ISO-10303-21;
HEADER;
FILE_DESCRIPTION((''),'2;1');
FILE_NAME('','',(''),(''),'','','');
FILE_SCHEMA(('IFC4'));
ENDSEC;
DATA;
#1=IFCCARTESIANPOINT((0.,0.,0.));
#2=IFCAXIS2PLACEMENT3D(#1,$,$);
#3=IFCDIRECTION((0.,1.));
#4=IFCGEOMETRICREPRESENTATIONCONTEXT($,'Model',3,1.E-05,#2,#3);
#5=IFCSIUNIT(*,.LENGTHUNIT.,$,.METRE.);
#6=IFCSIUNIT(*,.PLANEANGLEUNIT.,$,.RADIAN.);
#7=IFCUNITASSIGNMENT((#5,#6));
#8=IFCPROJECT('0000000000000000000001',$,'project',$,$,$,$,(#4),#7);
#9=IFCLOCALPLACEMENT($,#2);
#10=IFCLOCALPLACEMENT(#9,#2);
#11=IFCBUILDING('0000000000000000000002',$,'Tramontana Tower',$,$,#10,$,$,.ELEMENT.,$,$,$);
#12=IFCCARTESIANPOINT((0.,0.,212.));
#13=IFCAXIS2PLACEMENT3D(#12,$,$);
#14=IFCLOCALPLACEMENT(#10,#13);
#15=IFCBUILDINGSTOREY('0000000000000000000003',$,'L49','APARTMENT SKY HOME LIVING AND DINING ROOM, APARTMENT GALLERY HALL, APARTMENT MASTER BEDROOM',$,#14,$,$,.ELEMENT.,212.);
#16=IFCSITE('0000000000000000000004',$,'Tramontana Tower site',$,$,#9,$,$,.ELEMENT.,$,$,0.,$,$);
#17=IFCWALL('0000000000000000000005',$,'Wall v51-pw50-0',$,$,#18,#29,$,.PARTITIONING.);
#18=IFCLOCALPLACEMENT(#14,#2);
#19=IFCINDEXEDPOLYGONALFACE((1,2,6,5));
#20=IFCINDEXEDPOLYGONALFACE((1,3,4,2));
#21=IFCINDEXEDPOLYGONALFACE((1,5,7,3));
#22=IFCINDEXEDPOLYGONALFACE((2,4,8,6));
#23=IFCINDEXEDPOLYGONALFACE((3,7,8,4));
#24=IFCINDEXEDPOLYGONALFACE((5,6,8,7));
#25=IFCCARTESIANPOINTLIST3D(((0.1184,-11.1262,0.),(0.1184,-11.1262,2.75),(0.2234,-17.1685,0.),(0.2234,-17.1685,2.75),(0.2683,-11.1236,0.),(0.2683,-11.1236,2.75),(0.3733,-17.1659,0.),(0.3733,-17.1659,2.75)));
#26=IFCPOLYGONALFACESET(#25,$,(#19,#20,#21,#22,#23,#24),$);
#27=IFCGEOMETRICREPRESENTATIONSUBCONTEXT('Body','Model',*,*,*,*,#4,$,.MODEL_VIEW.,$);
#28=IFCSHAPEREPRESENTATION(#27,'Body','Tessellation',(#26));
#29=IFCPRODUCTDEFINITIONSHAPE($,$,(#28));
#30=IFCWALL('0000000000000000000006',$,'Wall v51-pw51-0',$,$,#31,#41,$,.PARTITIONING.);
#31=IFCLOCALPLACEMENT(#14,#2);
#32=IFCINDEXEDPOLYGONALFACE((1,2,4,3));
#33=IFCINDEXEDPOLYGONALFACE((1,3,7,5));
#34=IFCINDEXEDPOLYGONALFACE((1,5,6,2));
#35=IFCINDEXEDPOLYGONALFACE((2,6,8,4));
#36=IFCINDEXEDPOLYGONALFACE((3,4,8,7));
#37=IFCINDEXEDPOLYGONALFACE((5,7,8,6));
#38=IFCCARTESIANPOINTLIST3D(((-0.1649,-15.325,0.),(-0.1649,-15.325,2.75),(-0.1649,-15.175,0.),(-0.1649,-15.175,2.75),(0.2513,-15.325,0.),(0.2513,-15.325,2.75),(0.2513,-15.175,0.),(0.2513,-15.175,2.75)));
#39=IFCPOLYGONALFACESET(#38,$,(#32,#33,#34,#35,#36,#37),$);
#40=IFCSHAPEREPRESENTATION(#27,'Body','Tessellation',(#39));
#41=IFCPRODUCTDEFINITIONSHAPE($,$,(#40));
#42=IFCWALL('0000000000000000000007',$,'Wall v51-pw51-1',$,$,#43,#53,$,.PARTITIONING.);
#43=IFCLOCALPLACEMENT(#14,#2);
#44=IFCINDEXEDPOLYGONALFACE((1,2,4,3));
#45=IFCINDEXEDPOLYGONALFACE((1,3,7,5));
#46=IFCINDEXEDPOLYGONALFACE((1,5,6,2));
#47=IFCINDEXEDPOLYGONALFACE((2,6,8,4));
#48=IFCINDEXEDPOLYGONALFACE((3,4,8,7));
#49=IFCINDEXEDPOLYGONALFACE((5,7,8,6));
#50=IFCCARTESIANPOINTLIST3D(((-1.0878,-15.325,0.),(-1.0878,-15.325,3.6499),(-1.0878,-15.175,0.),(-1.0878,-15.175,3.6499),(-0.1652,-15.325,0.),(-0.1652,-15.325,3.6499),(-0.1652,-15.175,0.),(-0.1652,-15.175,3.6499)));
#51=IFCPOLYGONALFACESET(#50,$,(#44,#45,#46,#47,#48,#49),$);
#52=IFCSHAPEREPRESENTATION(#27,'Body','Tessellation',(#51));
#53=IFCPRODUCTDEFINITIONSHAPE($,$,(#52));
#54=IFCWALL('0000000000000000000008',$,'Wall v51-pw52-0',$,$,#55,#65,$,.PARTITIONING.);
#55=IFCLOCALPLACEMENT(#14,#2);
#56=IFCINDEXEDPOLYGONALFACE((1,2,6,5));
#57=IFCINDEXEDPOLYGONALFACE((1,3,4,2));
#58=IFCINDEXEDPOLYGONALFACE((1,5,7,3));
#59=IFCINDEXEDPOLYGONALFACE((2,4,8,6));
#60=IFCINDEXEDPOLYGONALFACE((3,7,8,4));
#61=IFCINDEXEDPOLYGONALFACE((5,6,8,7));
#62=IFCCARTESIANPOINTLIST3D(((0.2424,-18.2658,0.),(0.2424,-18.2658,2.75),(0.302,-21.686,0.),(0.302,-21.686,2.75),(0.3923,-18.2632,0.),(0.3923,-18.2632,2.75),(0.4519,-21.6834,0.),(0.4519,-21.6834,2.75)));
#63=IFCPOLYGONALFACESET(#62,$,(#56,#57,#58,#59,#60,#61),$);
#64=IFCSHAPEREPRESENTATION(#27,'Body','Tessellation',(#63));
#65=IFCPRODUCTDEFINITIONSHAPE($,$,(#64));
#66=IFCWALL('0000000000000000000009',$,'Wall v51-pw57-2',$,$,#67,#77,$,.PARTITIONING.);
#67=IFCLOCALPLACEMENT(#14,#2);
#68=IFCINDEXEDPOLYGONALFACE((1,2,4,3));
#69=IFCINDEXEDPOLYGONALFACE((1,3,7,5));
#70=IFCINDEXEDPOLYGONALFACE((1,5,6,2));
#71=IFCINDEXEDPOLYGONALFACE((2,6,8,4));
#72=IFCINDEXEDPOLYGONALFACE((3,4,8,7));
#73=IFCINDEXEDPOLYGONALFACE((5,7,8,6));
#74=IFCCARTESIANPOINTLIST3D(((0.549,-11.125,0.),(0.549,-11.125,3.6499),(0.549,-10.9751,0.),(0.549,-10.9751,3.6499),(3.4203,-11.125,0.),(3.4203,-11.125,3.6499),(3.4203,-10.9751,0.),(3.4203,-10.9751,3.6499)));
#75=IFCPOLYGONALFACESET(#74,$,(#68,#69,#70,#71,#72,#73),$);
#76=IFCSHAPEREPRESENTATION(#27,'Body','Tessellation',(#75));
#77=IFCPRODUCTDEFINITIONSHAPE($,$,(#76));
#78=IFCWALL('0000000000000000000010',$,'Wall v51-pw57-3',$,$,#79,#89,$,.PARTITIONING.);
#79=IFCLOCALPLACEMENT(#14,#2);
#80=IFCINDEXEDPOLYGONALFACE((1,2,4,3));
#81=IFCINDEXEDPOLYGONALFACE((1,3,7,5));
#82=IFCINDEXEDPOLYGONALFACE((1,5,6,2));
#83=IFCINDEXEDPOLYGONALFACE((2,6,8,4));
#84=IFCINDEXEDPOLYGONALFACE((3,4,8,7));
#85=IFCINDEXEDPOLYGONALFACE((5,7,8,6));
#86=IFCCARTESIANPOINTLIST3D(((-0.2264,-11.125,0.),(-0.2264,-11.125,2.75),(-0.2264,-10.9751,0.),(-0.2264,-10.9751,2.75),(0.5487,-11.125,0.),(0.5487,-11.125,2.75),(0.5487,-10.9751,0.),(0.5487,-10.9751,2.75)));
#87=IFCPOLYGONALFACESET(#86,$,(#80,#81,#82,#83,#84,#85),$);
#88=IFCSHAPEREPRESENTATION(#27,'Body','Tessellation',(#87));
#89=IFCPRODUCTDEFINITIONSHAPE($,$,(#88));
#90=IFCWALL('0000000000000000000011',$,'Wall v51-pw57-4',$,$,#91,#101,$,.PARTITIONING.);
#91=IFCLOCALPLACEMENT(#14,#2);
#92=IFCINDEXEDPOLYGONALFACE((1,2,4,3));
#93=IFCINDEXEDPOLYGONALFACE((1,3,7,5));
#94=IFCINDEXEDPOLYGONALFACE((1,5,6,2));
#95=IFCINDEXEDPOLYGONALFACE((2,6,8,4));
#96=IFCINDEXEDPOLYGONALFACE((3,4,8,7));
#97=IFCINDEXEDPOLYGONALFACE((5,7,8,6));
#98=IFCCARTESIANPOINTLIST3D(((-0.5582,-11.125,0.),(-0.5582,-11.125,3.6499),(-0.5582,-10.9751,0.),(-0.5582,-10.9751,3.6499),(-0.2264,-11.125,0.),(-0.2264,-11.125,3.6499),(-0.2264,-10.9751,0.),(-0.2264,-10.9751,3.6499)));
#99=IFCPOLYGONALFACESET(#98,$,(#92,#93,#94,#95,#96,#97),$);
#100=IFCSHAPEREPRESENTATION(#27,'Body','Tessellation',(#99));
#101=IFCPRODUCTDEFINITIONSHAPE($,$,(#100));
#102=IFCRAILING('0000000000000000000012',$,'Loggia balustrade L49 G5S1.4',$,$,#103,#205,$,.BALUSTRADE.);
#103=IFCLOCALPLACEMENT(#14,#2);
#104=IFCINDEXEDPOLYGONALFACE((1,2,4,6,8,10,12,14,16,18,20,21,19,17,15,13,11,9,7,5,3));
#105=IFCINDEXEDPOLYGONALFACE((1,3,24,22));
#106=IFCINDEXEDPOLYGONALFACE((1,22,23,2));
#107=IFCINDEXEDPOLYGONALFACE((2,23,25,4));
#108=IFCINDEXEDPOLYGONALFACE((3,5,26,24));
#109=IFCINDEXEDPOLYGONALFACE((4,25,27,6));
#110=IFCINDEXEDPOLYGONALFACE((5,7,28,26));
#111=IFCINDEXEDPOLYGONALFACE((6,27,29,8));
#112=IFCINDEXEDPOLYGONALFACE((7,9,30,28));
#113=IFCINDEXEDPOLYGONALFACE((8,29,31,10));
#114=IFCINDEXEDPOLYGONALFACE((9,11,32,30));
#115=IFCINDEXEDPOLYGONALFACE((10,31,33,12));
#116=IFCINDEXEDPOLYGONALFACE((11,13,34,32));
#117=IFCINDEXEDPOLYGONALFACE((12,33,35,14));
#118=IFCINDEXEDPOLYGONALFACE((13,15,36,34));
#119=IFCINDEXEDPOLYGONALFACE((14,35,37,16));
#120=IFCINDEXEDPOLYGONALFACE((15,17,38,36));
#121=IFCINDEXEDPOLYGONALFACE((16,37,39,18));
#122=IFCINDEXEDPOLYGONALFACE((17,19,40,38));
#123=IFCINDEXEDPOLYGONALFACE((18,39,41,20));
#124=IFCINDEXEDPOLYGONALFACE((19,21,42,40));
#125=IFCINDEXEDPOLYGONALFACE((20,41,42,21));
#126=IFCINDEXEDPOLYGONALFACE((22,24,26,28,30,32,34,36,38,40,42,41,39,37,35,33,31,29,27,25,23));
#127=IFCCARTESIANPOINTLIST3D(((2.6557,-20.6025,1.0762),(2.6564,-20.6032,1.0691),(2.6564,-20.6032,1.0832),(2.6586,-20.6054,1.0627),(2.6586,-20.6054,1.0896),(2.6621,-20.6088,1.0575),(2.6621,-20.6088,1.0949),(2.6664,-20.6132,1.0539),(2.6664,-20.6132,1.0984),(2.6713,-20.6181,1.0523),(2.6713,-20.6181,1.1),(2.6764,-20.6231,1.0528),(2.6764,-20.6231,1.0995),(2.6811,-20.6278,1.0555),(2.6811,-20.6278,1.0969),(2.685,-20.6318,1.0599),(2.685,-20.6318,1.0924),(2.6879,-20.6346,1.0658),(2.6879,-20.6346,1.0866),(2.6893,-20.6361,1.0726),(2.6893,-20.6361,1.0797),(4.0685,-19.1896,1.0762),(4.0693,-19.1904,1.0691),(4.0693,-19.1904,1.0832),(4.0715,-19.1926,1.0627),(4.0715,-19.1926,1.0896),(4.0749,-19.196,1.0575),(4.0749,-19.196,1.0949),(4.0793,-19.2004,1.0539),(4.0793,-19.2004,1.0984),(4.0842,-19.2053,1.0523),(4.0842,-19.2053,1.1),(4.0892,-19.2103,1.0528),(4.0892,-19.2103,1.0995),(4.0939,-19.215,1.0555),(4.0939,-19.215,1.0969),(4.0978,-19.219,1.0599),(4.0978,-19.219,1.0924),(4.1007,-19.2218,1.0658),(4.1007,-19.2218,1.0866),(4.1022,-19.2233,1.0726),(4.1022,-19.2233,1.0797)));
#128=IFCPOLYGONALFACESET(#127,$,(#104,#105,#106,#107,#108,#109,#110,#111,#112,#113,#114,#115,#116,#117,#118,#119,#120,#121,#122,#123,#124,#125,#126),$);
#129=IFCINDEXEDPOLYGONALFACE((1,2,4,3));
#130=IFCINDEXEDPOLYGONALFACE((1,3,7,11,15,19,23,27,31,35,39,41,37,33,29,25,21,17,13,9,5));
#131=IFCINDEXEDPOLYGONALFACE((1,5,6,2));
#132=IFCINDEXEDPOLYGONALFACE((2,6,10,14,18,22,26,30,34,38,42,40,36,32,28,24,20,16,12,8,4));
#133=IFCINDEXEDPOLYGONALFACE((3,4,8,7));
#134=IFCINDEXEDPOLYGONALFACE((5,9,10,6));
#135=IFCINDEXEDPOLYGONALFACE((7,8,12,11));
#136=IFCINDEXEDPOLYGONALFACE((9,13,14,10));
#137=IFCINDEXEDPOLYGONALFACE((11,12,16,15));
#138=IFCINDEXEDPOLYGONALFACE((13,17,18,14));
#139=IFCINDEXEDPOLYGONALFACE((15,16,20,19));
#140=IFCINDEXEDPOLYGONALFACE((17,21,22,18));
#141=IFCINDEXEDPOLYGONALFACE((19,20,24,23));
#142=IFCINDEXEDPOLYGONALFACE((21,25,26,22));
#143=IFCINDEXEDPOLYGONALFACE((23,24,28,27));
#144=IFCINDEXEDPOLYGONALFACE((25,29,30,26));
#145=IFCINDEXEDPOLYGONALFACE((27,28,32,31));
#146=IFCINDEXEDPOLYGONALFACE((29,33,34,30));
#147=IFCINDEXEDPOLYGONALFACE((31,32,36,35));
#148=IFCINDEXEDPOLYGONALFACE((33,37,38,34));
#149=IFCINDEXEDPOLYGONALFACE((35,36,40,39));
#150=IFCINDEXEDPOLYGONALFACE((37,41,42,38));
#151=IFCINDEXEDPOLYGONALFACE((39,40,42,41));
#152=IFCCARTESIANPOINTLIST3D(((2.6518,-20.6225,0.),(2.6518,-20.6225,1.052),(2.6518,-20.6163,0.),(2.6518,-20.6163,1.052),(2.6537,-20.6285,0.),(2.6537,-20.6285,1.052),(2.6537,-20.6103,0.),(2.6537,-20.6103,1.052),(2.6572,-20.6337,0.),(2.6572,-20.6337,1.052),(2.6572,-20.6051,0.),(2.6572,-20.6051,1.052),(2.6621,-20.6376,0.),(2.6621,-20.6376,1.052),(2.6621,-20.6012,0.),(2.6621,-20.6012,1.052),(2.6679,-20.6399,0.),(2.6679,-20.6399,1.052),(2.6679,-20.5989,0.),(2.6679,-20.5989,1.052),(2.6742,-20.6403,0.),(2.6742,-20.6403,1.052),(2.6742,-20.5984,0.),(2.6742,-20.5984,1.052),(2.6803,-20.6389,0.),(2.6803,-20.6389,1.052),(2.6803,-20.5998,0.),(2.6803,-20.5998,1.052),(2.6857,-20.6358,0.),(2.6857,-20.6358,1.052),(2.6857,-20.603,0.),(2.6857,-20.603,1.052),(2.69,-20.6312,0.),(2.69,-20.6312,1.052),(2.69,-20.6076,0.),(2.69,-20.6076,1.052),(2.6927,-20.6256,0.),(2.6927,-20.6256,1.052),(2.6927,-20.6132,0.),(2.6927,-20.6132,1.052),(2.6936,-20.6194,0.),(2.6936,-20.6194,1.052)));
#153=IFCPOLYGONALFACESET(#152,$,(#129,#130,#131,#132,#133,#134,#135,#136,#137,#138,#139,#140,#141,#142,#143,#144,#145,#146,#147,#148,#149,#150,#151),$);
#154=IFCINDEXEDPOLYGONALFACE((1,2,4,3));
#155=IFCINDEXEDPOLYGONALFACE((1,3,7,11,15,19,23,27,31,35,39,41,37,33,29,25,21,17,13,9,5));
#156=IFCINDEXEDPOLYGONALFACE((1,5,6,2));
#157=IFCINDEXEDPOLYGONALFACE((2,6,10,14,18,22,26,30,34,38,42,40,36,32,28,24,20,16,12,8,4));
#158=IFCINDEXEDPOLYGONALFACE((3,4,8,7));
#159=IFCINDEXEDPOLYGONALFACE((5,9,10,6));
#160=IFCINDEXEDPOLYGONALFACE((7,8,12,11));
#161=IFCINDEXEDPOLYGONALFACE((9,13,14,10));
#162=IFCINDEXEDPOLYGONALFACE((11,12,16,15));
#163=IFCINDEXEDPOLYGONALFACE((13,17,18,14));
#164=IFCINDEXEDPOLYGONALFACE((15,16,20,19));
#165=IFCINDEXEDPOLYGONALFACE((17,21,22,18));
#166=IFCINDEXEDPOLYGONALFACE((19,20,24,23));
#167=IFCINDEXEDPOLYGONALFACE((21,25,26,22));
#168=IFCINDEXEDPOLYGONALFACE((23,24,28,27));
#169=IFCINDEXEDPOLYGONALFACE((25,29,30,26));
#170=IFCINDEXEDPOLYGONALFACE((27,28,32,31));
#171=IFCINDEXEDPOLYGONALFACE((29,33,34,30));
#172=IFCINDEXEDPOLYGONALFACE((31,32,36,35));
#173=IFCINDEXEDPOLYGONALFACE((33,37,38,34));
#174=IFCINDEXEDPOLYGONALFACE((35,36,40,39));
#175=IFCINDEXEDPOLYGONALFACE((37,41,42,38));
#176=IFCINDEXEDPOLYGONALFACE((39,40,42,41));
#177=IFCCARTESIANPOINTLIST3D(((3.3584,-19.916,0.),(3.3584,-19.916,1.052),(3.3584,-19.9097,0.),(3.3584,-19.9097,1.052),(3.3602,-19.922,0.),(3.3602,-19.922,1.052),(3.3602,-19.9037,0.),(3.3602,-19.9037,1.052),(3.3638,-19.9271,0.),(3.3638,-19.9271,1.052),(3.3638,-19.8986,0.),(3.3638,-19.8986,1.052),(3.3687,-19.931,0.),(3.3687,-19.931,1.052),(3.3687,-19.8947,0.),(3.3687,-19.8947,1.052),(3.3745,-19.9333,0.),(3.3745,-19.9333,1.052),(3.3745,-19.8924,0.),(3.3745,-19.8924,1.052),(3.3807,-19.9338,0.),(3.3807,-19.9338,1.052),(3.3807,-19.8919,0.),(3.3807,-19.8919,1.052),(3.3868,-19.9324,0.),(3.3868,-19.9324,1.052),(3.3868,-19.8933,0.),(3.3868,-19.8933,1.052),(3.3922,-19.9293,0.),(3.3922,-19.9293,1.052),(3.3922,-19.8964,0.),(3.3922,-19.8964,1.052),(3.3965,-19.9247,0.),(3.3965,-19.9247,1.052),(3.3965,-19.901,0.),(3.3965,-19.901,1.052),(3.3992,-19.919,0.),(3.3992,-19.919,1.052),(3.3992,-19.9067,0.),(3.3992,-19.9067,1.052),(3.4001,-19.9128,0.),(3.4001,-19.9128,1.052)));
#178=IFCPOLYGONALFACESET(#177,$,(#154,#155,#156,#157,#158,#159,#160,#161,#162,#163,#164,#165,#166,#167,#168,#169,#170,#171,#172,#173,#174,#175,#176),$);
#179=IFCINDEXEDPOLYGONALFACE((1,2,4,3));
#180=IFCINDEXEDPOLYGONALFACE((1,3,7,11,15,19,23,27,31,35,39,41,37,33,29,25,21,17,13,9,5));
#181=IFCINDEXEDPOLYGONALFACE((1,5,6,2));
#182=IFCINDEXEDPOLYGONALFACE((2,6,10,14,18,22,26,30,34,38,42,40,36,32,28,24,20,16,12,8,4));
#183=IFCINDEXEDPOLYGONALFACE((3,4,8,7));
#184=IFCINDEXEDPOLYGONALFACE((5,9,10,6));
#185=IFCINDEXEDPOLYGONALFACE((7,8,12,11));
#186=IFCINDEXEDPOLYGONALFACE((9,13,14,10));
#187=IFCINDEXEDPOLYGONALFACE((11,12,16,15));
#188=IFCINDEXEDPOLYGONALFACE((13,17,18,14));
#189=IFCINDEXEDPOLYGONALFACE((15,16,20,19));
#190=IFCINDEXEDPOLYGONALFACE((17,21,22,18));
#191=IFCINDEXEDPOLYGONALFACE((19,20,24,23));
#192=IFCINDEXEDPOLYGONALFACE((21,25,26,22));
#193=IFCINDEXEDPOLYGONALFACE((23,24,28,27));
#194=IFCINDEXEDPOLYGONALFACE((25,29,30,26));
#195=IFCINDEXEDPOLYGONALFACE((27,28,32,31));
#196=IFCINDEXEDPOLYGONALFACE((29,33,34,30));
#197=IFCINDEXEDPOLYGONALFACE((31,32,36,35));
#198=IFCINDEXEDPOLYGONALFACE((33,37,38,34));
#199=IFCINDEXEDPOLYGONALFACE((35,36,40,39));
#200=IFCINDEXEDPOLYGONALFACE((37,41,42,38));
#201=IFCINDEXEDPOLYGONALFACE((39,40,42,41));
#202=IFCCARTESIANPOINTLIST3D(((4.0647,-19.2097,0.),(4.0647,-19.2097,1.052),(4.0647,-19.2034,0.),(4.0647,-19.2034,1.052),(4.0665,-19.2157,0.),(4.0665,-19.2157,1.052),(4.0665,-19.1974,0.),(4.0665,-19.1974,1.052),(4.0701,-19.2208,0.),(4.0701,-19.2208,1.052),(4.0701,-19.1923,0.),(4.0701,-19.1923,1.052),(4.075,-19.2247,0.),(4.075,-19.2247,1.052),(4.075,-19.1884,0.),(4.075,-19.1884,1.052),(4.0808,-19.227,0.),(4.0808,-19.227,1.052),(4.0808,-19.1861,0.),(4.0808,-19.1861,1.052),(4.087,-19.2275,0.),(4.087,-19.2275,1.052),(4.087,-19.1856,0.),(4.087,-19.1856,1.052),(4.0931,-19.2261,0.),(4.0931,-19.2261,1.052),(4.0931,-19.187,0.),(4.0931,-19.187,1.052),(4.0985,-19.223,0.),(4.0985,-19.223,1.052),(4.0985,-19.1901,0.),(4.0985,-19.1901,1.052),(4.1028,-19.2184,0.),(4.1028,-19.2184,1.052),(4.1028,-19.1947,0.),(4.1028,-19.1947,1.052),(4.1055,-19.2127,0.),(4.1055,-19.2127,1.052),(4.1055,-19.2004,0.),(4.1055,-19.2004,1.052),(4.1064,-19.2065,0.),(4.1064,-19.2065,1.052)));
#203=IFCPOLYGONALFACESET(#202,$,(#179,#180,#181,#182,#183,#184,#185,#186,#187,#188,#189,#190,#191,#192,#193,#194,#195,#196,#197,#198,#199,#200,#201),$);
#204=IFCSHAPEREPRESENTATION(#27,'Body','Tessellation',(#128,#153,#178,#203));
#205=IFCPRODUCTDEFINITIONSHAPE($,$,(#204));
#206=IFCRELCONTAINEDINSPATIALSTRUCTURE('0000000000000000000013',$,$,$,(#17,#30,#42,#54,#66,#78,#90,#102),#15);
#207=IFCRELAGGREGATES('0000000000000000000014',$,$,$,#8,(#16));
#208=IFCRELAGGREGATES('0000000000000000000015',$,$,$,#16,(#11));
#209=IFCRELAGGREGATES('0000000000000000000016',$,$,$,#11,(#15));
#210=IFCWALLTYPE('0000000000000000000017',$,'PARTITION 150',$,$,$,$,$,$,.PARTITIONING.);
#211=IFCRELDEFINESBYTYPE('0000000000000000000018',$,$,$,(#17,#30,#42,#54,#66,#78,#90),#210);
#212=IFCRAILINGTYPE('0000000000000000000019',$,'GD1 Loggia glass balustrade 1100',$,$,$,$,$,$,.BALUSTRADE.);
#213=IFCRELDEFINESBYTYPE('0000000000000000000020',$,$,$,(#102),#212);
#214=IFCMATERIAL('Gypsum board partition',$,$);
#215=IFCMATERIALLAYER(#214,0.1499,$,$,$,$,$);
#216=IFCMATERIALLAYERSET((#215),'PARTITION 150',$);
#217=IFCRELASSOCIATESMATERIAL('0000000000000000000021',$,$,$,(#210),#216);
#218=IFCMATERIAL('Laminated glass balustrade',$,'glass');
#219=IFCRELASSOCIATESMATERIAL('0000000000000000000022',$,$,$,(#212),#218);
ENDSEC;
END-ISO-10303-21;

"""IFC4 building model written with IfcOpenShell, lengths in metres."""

from ifc_helpers import new_model, si_unit, direction, frame, frame_2d, origin, origin_2d, place, context, subcontext, project, spatial, rectangle, circle, extrude, material, layer, layer_set, type_object, element, save


model = new_model("IFC4")

# Units and contexts
model_context = context("Model", 3, precision=1e-05, world=origin(), true_north=direction((0.0, 1.0)))
body_context = subcontext(model_context, "Body", "Model", "MODEL_VIEW")
ifc_project = project(units=[si_unit("LENGTHUNIT", "METRE"), si_unit("PLANEANGLEUNIT", "RADIAN")], contexts=[model_context])

# Site, building, storey
site_placement = place(None, origin())
site = spatial("IfcSite", under=ifc_project, at=site_placement, Name="Tramontana Tower site", CompositionType="ELEMENT", RefElevation=0.0)
building_placement = place(site_placement, origin())
building = spatial("IfcBuilding", under=site, at=building_placement, Name="Tramontana Tower", CompositionType="ELEMENT")
storey_placement = place(building_placement, frame((0.0, 0.0, 212.0)))
storey = spatial("IfcBuildingStorey", under=building, at=storey_placement, Name="L49", Description="APARTMENT SKY HOME LIVING AND DINING ROOM, APARTMENT GALLERY HALL, APARTMENT MASTER BEDROOM", CompositionType="ELEMENT", Elevation=212.0)

# Shared definitions
ifc_material_1 = material(Name="Gypsum board partition")
ifc_layer_1 = layer(ifc_material_1, 0.1499)
ifc_layer_set_1 = layer_set([ifc_layer_1], Name="PARTITION 150")
wall_type_1 = type_object("IfcWallType", Name="PARTITION 150", PredefinedType="PARTITIONING", material=ifc_layer_set_1)

# Walls
wall_1_placement = place(storey_placement, frame((0.1934, -11.125, 0.0), z_axis=(0.0, 0.0, 1.0), x_axis=(0.017372, -0.999849, 0.0)))
element("IfcWall", 1, at=wall_1_placement, inside=storey, type_object=wall_type_1, Name="Wall v51-pw50-0", PredefinedType="PARTITIONING", context=body_context, shape_type="SweptSolid", body=[
    extrude(rectangle(XDim=6.0432, YDim=0.1499, at=frame_2d((3.0215, 0.0))), origin(), (0.0, 0.0, 1.0), 2.75),
])
wall_2_placement = place(storey_placement, frame((0.2512, -15.25, 0.0), z_axis=(0.0, 0.0, 1.0), x_axis=(-1.0, 0.0, 0.0)))
element("IfcWall", 2, at=wall_2_placement, inside=storey, type_object=wall_type_1, Name="Wall v51-pw51-0", PredefinedType="PARTITIONING", context=body_context, shape_type="SweptSolid", body=[
    extrude(rectangle(XDim=0.4163, YDim=0.1499, at=frame_2d((0.208, 0.0))), origin(), (0.0, 0.0, 1.0), 2.75),
])
wall_3_placement = place(storey_placement, frame((-0.165, -15.25, 0.0), z_axis=(0.0, 0.0, 1.0), x_axis=(-1.0, 0.0, 0.0)))
element("IfcWall", 3, at=wall_3_placement, inside=storey, type_object=wall_type_1, Name="Wall v51-pw51-1", PredefinedType="PARTITIONING", context=body_context, shape_type="SweptSolid", body=[
    extrude(rectangle(XDim=0.9226, YDim=0.1499, at=frame_2d((0.4614, 0.0))), origin(), (0.0, 0.0, 1.0), 3.6499),
])
wall_4_placement = place(storey_placement, frame((0.3174, -18.2644, 0.0), z_axis=(0.0, 0.0, 1.0), x_axis=(0.017415, -0.999848, 0.0)))
element("IfcWall", 4, at=wall_4_placement, inside=storey, type_object=wall_type_1, Name="Wall v51-pw52-0", PredefinedType="PARTITIONING", context=body_context, shape_type="SweptSolid", body=[
    extrude(rectangle(XDim=3.4207, YDim=0.1499, at=frame_2d((1.7104, 0.0))), origin(), (0.0, 0.0, 1.0), 2.75),
])

# Walls
wall_5_placement = place(storey_placement, frame((3.4202, -11.05, 0.0), z_axis=(0.0, 0.0, 1.0), x_axis=(-1.0, 0.0, 0.0)))
element("IfcWall", 5, at=wall_5_placement, inside=storey, type_object=wall_type_1, Name="Wall v51-pw57-2", PredefinedType="PARTITIONING", context=body_context, shape_type="SweptSolid", body=[
    extrude(rectangle(XDim=2.8713, YDim=0.1499, at=frame_2d((1.4355, 0.0))), origin(), (0.0, 0.0, 1.0), 3.6499),
])
wall_6_placement = place(storey_placement, frame((0.5488, -11.05, 0.0), z_axis=(0.0, 0.0, 1.0), x_axis=(-1.0, 0.0, 0.0)))
element("IfcWall", 6, at=wall_6_placement, inside=storey, type_object=wall_type_1, Name="Wall v51-pw57-3", PredefinedType="PARTITIONING", context=body_context, shape_type="SweptSolid", body=[
    extrude(rectangle(XDim=0.7751, YDim=0.1499, at=frame_2d((0.3877, 0.0))), origin(), (0.0, 0.0, 1.0), 2.75),
])
wall_7_placement = place(storey_placement, frame((-0.2263, -11.05, 0.0), z_axis=(0.0, 0.0, 1.0), x_axis=(-1.0, 0.0, 0.0)))
element("IfcWall", 7, at=wall_7_placement, inside=storey, type_object=wall_type_1, Name="Wall v51-pw57-4", PredefinedType="PARTITIONING", context=body_context, shape_type="SweptSolid", body=[
    extrude(rectangle(XDim=0.3318, YDim=0.1499, at=frame_2d((0.166, 0.0))), origin(), (0.0, 0.0, 1.0), 3.6499),
])

# Railing
ifc_material_2 = material(Name="Laminated glass balustrade", Category="glass")
railing_type = type_object("IfcRailingType", Name="GD1 Loggia glass balustrade 1100", PredefinedType="BALUSTRADE", material=ifc_material_2)
railing_placement = place(storey_placement, frame((2.6726, -20.6194, 0.0)))
element("IfcRailing", 8, at=railing_placement, inside=storey, type_object=railing_type, Name="Loggia balustrade L49 G5S1.4", PredefinedType="BALUSTRADE", context=body_context, shape_type="SweptSolid", body=[
    extrude(circle(Radius=0.0239, at=origin_2d()), frame((0.0, 0.0, 1.0762), z_axis=(0.707107, 0.707107, 0.0), x_axis=(-0.707107, 0.707107, 0.0)), (0.0, 0.0, 1.0), 1.998),
    extrude(circle(Radius=0.021, at=origin_2d()), origin(), (0.0, 0.0, 1.0), 1.052),
    extrude(circle(Radius=0.021, at=origin_2d()), frame((0.7065, 0.7065, 0.0)), (0.0, 0.0, 1.0), 1.052),
    extrude(circle(Radius=0.021, at=origin_2d()), frame((1.4128, 1.4128, 0.0)), (0.0, 0.0, 1.0), 1.052),
])

save(model, "model.ifc")
